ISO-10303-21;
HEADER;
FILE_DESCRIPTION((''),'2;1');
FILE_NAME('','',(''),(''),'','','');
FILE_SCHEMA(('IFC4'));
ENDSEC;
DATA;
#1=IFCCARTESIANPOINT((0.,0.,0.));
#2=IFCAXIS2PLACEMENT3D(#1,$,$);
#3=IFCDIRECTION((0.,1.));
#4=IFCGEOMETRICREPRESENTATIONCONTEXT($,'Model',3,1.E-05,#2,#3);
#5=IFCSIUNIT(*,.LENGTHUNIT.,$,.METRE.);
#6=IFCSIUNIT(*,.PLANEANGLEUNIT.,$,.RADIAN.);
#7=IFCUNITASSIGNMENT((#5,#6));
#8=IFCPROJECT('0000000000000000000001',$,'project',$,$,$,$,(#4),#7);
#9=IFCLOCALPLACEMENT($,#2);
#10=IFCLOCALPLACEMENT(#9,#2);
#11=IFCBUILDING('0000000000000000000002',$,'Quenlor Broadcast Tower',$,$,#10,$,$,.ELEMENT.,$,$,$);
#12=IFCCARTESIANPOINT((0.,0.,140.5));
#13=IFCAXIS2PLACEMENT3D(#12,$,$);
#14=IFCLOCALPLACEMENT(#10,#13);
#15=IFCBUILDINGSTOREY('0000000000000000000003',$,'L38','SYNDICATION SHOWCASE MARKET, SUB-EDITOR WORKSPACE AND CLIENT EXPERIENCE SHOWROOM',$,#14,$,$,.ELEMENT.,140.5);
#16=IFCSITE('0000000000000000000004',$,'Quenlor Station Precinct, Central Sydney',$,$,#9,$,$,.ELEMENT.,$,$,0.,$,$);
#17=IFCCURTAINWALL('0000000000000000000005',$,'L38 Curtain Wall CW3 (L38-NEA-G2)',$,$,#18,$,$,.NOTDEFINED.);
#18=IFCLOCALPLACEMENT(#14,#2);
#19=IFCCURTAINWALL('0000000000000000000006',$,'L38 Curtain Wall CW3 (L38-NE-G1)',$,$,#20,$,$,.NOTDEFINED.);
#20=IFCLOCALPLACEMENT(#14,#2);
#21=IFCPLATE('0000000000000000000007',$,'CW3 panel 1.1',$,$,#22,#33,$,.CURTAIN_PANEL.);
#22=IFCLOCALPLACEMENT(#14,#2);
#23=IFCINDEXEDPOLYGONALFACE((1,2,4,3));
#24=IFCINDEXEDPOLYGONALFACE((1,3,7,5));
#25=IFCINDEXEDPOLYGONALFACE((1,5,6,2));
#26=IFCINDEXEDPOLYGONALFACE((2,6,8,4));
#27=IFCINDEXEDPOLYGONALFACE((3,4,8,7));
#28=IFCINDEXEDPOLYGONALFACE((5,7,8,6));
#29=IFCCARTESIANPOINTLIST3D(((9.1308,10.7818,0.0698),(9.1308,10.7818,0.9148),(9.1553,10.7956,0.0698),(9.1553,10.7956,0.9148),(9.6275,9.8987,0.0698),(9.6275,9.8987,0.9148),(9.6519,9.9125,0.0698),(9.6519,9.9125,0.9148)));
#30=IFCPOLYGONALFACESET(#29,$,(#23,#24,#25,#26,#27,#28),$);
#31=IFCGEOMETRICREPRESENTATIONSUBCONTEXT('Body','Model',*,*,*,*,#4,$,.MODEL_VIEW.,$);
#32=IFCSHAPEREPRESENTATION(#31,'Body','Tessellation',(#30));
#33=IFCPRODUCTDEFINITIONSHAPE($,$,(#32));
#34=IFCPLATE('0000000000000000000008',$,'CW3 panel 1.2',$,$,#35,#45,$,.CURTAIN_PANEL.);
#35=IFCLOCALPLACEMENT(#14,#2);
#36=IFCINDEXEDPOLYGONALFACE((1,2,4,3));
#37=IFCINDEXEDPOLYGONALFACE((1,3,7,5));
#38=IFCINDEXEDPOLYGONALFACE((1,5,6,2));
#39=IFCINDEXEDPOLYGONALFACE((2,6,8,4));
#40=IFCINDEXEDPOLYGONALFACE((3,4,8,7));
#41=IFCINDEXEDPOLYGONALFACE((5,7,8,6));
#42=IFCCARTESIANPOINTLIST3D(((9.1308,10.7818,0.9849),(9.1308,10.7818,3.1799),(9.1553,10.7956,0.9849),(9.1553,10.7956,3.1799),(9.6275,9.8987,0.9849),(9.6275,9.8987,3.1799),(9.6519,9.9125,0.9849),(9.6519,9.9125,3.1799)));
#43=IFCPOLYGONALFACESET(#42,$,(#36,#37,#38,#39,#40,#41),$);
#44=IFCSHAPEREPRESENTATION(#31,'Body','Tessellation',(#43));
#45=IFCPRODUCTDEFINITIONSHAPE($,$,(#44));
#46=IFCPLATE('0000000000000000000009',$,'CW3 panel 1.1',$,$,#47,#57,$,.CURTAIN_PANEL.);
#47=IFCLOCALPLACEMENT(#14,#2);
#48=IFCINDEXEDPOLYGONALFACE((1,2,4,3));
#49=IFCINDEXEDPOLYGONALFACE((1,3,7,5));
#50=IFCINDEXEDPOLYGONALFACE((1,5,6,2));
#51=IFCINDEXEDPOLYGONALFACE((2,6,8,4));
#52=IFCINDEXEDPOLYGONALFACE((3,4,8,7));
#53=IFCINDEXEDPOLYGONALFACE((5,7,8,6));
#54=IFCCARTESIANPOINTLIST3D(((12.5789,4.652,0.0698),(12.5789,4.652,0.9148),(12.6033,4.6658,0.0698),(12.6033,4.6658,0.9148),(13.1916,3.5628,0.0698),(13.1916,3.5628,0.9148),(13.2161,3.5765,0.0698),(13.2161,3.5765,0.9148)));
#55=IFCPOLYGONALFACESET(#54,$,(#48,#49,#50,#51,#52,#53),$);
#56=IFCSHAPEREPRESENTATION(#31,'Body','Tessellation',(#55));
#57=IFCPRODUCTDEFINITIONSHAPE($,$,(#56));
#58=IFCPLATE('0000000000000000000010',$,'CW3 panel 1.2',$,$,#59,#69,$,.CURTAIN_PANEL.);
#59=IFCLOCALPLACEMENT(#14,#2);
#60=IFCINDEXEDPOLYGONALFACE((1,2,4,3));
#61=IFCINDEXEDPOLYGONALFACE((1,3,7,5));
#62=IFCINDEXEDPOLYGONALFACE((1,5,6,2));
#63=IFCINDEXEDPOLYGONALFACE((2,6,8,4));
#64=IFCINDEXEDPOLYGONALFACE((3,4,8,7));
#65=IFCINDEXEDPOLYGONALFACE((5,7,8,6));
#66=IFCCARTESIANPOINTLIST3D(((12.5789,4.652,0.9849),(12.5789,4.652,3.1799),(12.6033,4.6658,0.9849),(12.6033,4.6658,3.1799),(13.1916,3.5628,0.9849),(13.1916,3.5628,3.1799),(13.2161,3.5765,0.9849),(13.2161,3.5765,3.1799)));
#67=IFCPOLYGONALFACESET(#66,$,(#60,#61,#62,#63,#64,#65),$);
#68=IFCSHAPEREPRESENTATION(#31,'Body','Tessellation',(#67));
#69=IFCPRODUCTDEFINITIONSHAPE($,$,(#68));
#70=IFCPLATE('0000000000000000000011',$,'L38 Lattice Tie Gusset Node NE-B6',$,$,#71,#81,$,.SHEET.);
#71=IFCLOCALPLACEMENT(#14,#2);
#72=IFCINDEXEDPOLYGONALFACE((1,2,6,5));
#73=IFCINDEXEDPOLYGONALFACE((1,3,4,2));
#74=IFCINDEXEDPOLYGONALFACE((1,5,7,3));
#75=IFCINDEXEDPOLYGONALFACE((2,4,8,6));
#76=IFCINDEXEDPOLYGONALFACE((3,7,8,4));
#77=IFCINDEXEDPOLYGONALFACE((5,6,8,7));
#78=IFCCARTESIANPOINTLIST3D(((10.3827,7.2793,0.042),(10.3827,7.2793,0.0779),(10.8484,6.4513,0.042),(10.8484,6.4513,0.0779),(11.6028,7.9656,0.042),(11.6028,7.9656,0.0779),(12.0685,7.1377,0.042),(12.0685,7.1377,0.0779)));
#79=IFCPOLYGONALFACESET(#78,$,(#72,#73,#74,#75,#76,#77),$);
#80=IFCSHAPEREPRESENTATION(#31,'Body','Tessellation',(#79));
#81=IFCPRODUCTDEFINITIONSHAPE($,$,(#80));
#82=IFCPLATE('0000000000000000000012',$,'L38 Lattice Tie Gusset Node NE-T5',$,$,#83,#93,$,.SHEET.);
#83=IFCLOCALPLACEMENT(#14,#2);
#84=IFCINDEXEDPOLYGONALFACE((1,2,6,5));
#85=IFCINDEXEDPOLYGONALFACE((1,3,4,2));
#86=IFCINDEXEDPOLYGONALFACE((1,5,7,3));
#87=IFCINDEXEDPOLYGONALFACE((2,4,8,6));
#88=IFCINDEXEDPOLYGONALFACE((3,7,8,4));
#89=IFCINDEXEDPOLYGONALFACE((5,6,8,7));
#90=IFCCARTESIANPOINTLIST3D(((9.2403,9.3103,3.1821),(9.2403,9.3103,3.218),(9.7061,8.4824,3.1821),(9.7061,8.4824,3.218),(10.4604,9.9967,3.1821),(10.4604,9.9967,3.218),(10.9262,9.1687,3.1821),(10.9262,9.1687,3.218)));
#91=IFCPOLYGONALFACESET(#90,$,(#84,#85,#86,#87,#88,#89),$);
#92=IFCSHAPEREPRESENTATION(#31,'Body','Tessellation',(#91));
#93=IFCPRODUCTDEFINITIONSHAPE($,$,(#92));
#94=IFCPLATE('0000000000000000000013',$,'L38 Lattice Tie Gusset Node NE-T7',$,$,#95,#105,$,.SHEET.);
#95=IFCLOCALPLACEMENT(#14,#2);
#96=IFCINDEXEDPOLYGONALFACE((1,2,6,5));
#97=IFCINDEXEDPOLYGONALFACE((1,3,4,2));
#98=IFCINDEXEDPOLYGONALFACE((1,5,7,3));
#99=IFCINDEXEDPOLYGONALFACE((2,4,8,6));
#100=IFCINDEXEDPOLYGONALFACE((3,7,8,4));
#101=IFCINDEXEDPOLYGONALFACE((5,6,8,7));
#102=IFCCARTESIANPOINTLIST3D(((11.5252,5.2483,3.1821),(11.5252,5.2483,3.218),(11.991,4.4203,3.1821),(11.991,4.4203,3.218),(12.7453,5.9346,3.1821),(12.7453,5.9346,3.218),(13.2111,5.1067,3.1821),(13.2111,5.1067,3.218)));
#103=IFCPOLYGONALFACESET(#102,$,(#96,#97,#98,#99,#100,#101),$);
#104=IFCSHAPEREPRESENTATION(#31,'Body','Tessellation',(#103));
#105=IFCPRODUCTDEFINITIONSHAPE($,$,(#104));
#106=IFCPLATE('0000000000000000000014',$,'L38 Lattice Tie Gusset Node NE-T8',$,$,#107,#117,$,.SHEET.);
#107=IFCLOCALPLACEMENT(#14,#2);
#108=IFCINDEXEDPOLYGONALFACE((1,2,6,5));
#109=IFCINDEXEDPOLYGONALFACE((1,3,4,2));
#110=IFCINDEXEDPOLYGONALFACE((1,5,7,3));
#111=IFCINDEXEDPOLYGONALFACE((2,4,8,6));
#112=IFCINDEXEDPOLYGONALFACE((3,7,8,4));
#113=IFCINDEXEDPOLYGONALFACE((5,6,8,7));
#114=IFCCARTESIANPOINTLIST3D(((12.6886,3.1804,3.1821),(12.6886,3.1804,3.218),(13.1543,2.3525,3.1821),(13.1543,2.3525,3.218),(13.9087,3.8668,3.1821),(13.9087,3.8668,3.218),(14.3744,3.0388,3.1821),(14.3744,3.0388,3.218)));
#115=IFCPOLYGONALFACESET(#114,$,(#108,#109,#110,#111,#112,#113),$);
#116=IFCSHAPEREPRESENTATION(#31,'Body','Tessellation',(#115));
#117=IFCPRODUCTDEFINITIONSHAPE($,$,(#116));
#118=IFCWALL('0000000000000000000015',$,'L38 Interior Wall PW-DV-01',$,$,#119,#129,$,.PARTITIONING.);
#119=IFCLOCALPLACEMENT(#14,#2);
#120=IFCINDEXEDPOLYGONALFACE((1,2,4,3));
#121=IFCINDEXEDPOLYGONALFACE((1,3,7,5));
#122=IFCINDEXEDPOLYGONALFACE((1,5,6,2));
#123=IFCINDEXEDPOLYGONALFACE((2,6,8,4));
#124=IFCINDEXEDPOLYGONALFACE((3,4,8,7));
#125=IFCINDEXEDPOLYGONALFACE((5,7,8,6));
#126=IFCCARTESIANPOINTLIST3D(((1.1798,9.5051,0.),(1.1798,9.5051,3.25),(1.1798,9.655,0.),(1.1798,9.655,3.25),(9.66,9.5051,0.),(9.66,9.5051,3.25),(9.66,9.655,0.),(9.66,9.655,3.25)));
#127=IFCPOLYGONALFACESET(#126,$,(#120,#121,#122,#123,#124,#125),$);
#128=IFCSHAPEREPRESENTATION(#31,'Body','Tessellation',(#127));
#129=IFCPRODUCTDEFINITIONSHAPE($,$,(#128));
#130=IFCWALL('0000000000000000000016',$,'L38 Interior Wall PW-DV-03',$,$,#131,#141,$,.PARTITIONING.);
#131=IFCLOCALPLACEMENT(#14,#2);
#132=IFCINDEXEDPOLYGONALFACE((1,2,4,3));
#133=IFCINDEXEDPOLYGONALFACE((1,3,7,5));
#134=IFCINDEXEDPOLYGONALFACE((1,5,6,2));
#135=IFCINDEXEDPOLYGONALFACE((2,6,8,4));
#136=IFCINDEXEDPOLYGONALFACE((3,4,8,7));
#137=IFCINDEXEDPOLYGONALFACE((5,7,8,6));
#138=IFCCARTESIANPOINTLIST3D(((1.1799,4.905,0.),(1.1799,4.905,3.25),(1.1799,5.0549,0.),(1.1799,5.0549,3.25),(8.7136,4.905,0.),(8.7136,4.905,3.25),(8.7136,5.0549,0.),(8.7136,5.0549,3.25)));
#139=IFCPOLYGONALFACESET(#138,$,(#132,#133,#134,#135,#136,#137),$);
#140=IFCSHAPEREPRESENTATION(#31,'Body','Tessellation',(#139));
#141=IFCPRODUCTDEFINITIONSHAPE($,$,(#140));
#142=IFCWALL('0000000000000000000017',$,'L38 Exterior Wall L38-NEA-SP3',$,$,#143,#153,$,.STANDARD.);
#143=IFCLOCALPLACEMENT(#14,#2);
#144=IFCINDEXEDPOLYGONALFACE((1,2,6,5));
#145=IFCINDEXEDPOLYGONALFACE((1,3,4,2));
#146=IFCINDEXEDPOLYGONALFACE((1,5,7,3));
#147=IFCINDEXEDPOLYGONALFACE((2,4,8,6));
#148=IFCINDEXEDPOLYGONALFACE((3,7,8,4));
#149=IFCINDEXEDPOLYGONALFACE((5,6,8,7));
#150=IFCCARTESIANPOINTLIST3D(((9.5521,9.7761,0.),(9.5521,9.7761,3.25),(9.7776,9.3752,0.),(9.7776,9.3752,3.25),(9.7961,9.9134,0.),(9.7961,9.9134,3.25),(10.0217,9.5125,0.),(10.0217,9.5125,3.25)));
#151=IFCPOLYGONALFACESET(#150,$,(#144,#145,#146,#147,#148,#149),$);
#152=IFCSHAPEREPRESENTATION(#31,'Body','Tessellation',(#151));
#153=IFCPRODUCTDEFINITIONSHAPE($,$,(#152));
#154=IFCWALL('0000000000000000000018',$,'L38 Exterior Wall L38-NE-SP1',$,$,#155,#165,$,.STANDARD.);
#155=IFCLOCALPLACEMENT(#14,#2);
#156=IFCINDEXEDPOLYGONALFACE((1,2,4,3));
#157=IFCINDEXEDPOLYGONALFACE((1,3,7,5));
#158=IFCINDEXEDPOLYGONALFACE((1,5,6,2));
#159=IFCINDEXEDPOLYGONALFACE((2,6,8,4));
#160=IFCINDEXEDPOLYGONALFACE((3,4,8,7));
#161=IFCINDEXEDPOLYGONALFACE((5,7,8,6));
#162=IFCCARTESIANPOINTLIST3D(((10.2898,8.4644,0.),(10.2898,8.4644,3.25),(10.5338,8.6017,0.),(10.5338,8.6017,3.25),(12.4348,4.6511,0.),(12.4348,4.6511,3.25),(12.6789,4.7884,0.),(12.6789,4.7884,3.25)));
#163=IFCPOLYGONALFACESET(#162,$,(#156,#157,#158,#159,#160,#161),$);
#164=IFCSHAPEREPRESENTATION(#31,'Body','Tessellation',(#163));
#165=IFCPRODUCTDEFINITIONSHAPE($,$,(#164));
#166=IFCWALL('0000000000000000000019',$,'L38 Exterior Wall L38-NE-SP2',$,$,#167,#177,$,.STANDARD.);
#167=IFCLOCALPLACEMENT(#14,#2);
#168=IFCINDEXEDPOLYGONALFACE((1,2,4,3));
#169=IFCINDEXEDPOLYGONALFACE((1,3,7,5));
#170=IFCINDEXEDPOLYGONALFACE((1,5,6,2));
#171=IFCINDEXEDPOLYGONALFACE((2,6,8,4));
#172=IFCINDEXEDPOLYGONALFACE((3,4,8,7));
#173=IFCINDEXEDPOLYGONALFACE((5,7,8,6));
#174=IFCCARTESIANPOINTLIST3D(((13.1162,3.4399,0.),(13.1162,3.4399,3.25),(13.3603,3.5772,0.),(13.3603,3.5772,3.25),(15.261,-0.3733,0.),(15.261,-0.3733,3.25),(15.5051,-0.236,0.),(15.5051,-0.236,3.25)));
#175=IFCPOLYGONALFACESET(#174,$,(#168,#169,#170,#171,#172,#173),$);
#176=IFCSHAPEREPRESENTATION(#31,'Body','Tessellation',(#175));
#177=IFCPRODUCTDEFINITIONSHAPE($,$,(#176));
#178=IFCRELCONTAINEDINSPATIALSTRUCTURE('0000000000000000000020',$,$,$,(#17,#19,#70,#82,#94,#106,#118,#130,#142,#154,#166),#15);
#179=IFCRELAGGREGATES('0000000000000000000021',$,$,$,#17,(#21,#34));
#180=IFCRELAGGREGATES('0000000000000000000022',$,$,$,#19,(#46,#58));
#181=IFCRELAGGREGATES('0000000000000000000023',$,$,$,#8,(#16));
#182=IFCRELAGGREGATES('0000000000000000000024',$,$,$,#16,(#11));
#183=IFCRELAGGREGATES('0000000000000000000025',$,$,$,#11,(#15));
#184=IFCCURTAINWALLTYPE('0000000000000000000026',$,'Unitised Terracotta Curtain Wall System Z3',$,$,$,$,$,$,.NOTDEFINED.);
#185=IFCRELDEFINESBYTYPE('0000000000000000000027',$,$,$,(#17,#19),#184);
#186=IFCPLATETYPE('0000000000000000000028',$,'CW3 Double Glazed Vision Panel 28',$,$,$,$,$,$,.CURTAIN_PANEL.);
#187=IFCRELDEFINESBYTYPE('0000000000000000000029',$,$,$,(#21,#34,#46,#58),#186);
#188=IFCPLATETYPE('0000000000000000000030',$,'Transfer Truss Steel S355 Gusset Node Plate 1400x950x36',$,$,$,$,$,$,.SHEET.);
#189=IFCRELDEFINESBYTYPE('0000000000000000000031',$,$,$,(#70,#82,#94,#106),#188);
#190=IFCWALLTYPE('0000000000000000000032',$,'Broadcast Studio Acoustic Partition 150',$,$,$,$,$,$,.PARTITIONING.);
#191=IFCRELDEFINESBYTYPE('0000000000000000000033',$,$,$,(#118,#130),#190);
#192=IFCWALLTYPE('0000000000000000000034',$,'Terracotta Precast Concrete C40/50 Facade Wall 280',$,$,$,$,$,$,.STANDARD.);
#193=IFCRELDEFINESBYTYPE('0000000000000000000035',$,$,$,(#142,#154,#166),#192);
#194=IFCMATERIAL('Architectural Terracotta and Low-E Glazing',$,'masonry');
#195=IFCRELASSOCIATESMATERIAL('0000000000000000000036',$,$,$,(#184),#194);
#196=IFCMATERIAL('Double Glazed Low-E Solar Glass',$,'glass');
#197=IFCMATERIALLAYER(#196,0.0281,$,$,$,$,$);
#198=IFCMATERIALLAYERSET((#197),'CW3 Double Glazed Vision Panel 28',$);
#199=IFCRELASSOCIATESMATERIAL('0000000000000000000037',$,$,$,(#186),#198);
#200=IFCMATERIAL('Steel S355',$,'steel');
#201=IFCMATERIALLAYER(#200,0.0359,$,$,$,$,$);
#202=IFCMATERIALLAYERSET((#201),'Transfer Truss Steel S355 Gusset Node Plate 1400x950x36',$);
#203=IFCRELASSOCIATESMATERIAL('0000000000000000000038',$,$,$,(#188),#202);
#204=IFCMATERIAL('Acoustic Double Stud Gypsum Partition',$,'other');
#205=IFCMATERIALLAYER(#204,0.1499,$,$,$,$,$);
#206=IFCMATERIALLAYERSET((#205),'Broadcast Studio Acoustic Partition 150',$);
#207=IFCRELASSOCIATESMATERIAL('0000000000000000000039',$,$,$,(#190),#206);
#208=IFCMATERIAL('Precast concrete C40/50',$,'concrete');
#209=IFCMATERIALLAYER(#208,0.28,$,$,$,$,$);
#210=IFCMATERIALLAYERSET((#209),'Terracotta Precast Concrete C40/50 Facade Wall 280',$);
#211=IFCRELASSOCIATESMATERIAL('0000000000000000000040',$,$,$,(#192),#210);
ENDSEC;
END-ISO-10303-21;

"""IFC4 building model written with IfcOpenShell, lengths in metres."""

from ifc_helpers import new_model, si_unit, direction, frame, frame_2d, origin, origin_2d, place, context, subcontext, project, spatial, rectangle, extrude, material, layer, layer_set, type_object, element, aggregate, save


model = new_model("IFC4")

# Units and contexts
model_context = context("Model", 3, precision=1e-05, world=origin(), true_north=direction((0.0, 1.0)))
body_context = subcontext(model_context, "Body", "Model", "MODEL_VIEW")
ifc_project = project(units=[si_unit("LENGTHUNIT", "METRE"), si_unit("PLANEANGLEUNIT", "RADIAN")], contexts=[model_context])

# Site, building, storey
site_placement = place(None, origin())
site = spatial("IfcSite", under=ifc_project, at=site_placement, Name="Quenlor Station Precinct, Central Sydney", CompositionType="ELEMENT", RefElevation=0.0)
building_placement = place(site_placement, origin())
building = spatial("IfcBuilding", under=site, at=building_placement, Name="Quenlor Broadcast Tower", CompositionType="ELEMENT")
storey_placement = place(building_placement, frame((0.0, 0.0, 140.5)))
storey = spatial("IfcBuildingStorey", under=building, at=storey_placement, Name="L38", Description="SYNDICATION SHOWCASE MARKET, SUB-EDITOR WORKSPACE AND CLIENT EXPERIENCE SHOWROOM", CompositionType="ELEMENT", Elevation=140.5)

# Curtain wall
ifc_material_1 = material(Name="Architectural Terracotta and Low-E Glazing", Category="masonry")
curtain_wall_type = type_object("IfcCurtainWallType", Name="Unitised Terracotta Curtain Wall System Z3", PredefinedType="NOTDEFINED", material=ifc_material_1)
curtain_wall_1_placement = place(storey_placement, origin())
curtain_wall_1 = element("IfcCurtainWall", 1, at=curtain_wall_1_placement, inside=storey, type_object=curtain_wall_type, Name="L38 Curtain Wall CW3 (L38-NEA-G2)", PredefinedType="NOTDEFINED")

# Curtain wall
curtain_wall_2_placement = place(storey_placement, origin())
curtain_wall_2 = element("IfcCurtainWall", 2, at=curtain_wall_2_placement, inside=storey, type_object=curtain_wall_type, Name="L38 Curtain Wall CW3 (L38-NE-G1)", PredefinedType="NOTDEFINED")

# Plates
ifc_material_2 = material(Name="Double Glazed Low-E Solar Glass", Category="glass")
ifc_layer_1 = layer(ifc_material_2, 0.0281)
ifc_layer_set_1 = layer_set([ifc_layer_1], Name="CW3 Double Glazed Vision Panel 28")
plate_type_1 = type_object("IfcPlateType", Name="CW3 Double Glazed Vision Panel 28", PredefinedType="CURTAIN_PANEL", material=ifc_layer_set_1)
plate_1_placement = place(storey_placement, frame((9.3914, 10.3472, 0.0698), z_axis=(0.0, 0.0, 1.0), x_axis=(0.490216, -0.871601, 0.0)))
plate_1 = element("IfcPlate", 3, at=plate_1_placement, type_object=plate_type_1, Name="CW3 panel 1.1", PredefinedType="CURTAIN_PANEL", context=body_context, shape_type="SweptSolid", body=[
    extrude(rectangle(XDim=1.0132, YDim=0.0281, at=origin_2d()), origin(), (0.0, 0.0, 1.0), 0.845),
])
plate_2_placement = place(storey_placement, frame((9.3914, 10.3472, 0.9849), z_axis=(0.0, 0.0, 1.0), x_axis=(0.490216, -0.871601, 0.0)))
plate_2 = element("IfcPlate", 4, at=plate_2_placement, type_object=plate_type_1, Name="CW3 panel 1.2", PredefinedType="CURTAIN_PANEL", context=body_context, shape_type="SweptSolid", body=[
    extrude(rectangle(XDim=1.0132, YDim=0.0281, at=origin_2d()), origin(), (0.0, 0.0, 1.0), 2.1951),
])
aggregate(curtain_wall_1, [plate_1, plate_2])
plate_3_placement = place(storey_placement, frame((12.8975, 4.1143, 0.0698), z_axis=(0.0, 0.0, 1.0), x_axis=(0.490285, -0.871562, 0.0)))
plate_3 = element("IfcPlate", 5, at=plate_3_placement, type_object=plate_type_1, Name="CW3 panel 1.1", PredefinedType="CURTAIN_PANEL", context=body_context, shape_type="SweptSolid", body=[
    extrude(rectangle(XDim=1.2498, YDim=0.0281, at=origin_2d()), origin(), (0.0, 0.0, 1.0), 0.845),
])
plate_4_placement = place(storey_placement, frame((12.8975, 4.1143, 0.9849), z_axis=(0.0, 0.0, 1.0), x_axis=(0.490285, -0.871562, 0.0)))
plate_4 = element("IfcPlate", 6, at=plate_4_placement, type_object=plate_type_1, Name="CW3 panel 1.2", PredefinedType="CURTAIN_PANEL", context=body_context, shape_type="SweptSolid", body=[
    extrude(rectangle(XDim=1.2498, YDim=0.0281, at=origin_2d()), origin(), (0.0, 0.0, 1.0), 2.1951),
])
aggregate(curtain_wall_2, [plate_3, plate_4])

# Plates
ifc_material_3 = material(Name="Steel S355", Category="steel")
ifc_layer_2 = layer(ifc_material_3, 0.0359)
ifc_layer_set_2 = layer_set([ifc_layer_2], Name="Transfer Truss Steel S355 Gusset Node Plate 1400x950x36")
plate_type_2 = type_object("IfcPlateType", Name="Transfer Truss Steel S355 Gusset Node Plate 1400x950x36", PredefinedType="SHEET", material=ifc_layer_set_2)
for number, where, z_axis, x_axis, name in (
    (7, (11.2256, 7.2085, 0.042), (0.0, 0.0, 1.0), (0.871556, 0.490295, 0.0), "L38 Lattice Tie Gusset Node NE-B6"),
    (8, (10.0833, 9.2395, 3.1821), (0.0, 0.0, 1.0), (0.871556, 0.490295, 0.0), "L38 Lattice Tie Gusset Node NE-T5"),
    (9, (12.3682, 5.1775, 3.1821), (0.0, 0.0, 1.0), (0.871556, 0.490295, 0.0), "L38 Lattice Tie Gusset Node NE-T7"),
    (10, (13.5315, 3.1096, 3.1821), (0.0, 0.0, 1.0), (0.871556, 0.490295, 0.0), "L38 Lattice Tie Gusset Node NE-T8"),
):
    element("IfcPlate", number, at=place(storey_placement, frame(where, z_axis=z_axis, x_axis=x_axis)), inside=storey, type_object=plate_type_2, Name=name, PredefinedType="SHEET", context=body_context, shape_type="SweptSolid", body=[
        extrude(rectangle(XDim=1.3999, YDim=0.95, at=origin_2d()), origin(), (0.0, 0.0, 1.0), 0.0359),
    ])

# Walls
ifc_material_4 = material(Name="Acoustic Double Stud Gypsum Partition", Category="other")
ifc_layer_3 = layer(ifc_material_4, 0.1499)
ifc_layer_set_3 = layer_set([ifc_layer_3], Name="Broadcast Studio Acoustic Partition 150")
wall_type_1 = type_object("IfcWallType", Name="Broadcast Studio Acoustic Partition 150", PredefinedType="PARTITIONING", material=ifc_layer_set_3)
wall_1_placement = place(storey_placement, frame((9.6602, 9.5801, 0.0), z_axis=(0.0, 0.0, 1.0), x_axis=(-1.0, 0.0, 0.0)))
element("IfcWall", 11, at=wall_1_placement, inside=storey, type_object=wall_type_1, Name="L38 Interior Wall PW-DV-01", PredefinedType="PARTITIONING", context=body_context, shape_type="SweptSolid", body=[
    extrude(rectangle(XDim=8.4802, YDim=0.1499, at=frame_2d((4.2402, 0.0))), origin(), (0.0, 0.0, 1.0), 3.25),
])
wall_2_placement = place(storey_placement, frame((8.7136, 4.98, 0.0), z_axis=(0.0, 0.0, 1.0), x_axis=(-1.0, 0.0, 0.0)))
element("IfcWall", 12, at=wall_2_placement, inside=storey, type_object=wall_type_1, Name="L38 Interior Wall PW-DV-03", PredefinedType="PARTITIONING", context=body_context, shape_type="SweptSolid", body=[
    extrude(rectangle(XDim=7.5337, YDim=0.1499, at=frame_2d((3.7668, 0.0))), origin(), (0.0, 0.0, 1.0), 3.25),
])
ifc_material_5 = material(Name="Precast concrete C40/50", Category="concrete")
ifc_layer_4 = layer(ifc_material_5, 0.28)
ifc_layer_set_4 = layer_set([ifc_layer_4], Name="Terracotta Precast Concrete C40/50 Facade Wall 280")
wall_type_2 = type_object("IfcWallType", Name="Terracotta Precast Concrete C40/50 Facade Wall 280", PredefinedType="STANDARD", material=ifc_layer_set_4)
wall_3_placement = place(storey_placement, frame((9.6741, 9.8447, 0.0), z_axis=(0.0, 0.0, 1.0), x_axis=(0.490412, -0.87149, 0.0)))
element("IfcWall", 13, at=wall_3_placement, inside=storey, type_object=wall_type_2, Name="L38 Exterior Wall L38-NEA-SP3", PredefinedType="STANDARD", context=body_context, shape_type="SweptSolid", body=[
    extrude(rectangle(XDim=0.46, YDim=0.28, at=frame_2d((0.23, 0.0))), origin(), (0.0, 0.0, 1.0), 3.25),
])
wall_4_placement = place(storey_placement, frame((10.4119, 8.533, 0.0), z_axis=(0.0, 0.0, 1.0), x_axis=(0.490274, -0.871568, 0.0)))
element("IfcWall", 14, at=wall_4_placement, inside=storey, type_object=wall_type_2, Name="L38 Exterior Wall L38-NE-SP1", PredefinedType="STANDARD", context=body_context, shape_type="SweptSolid", body=[
    extrude(rectangle(XDim=4.3752, YDim=0.28, at=frame_2d((2.1875, 0.0))), origin(), (0.0, 0.0, 1.0), 3.25),
])
wall_5_placement = place(storey_placement, frame((13.2383, 3.5085, 0.0), z_axis=(0.0, 0.0, 1.0), x_axis=(0.490232, -0.871592, 0.0)))
element("IfcWall", 15, at=wall_5_placement, inside=storey, type_object=wall_type_2, Name="L38 Exterior Wall L38-NE-SP2", PredefinedType="STANDARD", context=body_context, shape_type="SweptSolid", body=[
    extrude(rectangle(XDim=4.375, YDim=0.28, at=frame_2d((2.1875, 0.0))), origin(), (0.0, 0.0, 1.0), 3.25),
])

save(model, "model.ifc")
